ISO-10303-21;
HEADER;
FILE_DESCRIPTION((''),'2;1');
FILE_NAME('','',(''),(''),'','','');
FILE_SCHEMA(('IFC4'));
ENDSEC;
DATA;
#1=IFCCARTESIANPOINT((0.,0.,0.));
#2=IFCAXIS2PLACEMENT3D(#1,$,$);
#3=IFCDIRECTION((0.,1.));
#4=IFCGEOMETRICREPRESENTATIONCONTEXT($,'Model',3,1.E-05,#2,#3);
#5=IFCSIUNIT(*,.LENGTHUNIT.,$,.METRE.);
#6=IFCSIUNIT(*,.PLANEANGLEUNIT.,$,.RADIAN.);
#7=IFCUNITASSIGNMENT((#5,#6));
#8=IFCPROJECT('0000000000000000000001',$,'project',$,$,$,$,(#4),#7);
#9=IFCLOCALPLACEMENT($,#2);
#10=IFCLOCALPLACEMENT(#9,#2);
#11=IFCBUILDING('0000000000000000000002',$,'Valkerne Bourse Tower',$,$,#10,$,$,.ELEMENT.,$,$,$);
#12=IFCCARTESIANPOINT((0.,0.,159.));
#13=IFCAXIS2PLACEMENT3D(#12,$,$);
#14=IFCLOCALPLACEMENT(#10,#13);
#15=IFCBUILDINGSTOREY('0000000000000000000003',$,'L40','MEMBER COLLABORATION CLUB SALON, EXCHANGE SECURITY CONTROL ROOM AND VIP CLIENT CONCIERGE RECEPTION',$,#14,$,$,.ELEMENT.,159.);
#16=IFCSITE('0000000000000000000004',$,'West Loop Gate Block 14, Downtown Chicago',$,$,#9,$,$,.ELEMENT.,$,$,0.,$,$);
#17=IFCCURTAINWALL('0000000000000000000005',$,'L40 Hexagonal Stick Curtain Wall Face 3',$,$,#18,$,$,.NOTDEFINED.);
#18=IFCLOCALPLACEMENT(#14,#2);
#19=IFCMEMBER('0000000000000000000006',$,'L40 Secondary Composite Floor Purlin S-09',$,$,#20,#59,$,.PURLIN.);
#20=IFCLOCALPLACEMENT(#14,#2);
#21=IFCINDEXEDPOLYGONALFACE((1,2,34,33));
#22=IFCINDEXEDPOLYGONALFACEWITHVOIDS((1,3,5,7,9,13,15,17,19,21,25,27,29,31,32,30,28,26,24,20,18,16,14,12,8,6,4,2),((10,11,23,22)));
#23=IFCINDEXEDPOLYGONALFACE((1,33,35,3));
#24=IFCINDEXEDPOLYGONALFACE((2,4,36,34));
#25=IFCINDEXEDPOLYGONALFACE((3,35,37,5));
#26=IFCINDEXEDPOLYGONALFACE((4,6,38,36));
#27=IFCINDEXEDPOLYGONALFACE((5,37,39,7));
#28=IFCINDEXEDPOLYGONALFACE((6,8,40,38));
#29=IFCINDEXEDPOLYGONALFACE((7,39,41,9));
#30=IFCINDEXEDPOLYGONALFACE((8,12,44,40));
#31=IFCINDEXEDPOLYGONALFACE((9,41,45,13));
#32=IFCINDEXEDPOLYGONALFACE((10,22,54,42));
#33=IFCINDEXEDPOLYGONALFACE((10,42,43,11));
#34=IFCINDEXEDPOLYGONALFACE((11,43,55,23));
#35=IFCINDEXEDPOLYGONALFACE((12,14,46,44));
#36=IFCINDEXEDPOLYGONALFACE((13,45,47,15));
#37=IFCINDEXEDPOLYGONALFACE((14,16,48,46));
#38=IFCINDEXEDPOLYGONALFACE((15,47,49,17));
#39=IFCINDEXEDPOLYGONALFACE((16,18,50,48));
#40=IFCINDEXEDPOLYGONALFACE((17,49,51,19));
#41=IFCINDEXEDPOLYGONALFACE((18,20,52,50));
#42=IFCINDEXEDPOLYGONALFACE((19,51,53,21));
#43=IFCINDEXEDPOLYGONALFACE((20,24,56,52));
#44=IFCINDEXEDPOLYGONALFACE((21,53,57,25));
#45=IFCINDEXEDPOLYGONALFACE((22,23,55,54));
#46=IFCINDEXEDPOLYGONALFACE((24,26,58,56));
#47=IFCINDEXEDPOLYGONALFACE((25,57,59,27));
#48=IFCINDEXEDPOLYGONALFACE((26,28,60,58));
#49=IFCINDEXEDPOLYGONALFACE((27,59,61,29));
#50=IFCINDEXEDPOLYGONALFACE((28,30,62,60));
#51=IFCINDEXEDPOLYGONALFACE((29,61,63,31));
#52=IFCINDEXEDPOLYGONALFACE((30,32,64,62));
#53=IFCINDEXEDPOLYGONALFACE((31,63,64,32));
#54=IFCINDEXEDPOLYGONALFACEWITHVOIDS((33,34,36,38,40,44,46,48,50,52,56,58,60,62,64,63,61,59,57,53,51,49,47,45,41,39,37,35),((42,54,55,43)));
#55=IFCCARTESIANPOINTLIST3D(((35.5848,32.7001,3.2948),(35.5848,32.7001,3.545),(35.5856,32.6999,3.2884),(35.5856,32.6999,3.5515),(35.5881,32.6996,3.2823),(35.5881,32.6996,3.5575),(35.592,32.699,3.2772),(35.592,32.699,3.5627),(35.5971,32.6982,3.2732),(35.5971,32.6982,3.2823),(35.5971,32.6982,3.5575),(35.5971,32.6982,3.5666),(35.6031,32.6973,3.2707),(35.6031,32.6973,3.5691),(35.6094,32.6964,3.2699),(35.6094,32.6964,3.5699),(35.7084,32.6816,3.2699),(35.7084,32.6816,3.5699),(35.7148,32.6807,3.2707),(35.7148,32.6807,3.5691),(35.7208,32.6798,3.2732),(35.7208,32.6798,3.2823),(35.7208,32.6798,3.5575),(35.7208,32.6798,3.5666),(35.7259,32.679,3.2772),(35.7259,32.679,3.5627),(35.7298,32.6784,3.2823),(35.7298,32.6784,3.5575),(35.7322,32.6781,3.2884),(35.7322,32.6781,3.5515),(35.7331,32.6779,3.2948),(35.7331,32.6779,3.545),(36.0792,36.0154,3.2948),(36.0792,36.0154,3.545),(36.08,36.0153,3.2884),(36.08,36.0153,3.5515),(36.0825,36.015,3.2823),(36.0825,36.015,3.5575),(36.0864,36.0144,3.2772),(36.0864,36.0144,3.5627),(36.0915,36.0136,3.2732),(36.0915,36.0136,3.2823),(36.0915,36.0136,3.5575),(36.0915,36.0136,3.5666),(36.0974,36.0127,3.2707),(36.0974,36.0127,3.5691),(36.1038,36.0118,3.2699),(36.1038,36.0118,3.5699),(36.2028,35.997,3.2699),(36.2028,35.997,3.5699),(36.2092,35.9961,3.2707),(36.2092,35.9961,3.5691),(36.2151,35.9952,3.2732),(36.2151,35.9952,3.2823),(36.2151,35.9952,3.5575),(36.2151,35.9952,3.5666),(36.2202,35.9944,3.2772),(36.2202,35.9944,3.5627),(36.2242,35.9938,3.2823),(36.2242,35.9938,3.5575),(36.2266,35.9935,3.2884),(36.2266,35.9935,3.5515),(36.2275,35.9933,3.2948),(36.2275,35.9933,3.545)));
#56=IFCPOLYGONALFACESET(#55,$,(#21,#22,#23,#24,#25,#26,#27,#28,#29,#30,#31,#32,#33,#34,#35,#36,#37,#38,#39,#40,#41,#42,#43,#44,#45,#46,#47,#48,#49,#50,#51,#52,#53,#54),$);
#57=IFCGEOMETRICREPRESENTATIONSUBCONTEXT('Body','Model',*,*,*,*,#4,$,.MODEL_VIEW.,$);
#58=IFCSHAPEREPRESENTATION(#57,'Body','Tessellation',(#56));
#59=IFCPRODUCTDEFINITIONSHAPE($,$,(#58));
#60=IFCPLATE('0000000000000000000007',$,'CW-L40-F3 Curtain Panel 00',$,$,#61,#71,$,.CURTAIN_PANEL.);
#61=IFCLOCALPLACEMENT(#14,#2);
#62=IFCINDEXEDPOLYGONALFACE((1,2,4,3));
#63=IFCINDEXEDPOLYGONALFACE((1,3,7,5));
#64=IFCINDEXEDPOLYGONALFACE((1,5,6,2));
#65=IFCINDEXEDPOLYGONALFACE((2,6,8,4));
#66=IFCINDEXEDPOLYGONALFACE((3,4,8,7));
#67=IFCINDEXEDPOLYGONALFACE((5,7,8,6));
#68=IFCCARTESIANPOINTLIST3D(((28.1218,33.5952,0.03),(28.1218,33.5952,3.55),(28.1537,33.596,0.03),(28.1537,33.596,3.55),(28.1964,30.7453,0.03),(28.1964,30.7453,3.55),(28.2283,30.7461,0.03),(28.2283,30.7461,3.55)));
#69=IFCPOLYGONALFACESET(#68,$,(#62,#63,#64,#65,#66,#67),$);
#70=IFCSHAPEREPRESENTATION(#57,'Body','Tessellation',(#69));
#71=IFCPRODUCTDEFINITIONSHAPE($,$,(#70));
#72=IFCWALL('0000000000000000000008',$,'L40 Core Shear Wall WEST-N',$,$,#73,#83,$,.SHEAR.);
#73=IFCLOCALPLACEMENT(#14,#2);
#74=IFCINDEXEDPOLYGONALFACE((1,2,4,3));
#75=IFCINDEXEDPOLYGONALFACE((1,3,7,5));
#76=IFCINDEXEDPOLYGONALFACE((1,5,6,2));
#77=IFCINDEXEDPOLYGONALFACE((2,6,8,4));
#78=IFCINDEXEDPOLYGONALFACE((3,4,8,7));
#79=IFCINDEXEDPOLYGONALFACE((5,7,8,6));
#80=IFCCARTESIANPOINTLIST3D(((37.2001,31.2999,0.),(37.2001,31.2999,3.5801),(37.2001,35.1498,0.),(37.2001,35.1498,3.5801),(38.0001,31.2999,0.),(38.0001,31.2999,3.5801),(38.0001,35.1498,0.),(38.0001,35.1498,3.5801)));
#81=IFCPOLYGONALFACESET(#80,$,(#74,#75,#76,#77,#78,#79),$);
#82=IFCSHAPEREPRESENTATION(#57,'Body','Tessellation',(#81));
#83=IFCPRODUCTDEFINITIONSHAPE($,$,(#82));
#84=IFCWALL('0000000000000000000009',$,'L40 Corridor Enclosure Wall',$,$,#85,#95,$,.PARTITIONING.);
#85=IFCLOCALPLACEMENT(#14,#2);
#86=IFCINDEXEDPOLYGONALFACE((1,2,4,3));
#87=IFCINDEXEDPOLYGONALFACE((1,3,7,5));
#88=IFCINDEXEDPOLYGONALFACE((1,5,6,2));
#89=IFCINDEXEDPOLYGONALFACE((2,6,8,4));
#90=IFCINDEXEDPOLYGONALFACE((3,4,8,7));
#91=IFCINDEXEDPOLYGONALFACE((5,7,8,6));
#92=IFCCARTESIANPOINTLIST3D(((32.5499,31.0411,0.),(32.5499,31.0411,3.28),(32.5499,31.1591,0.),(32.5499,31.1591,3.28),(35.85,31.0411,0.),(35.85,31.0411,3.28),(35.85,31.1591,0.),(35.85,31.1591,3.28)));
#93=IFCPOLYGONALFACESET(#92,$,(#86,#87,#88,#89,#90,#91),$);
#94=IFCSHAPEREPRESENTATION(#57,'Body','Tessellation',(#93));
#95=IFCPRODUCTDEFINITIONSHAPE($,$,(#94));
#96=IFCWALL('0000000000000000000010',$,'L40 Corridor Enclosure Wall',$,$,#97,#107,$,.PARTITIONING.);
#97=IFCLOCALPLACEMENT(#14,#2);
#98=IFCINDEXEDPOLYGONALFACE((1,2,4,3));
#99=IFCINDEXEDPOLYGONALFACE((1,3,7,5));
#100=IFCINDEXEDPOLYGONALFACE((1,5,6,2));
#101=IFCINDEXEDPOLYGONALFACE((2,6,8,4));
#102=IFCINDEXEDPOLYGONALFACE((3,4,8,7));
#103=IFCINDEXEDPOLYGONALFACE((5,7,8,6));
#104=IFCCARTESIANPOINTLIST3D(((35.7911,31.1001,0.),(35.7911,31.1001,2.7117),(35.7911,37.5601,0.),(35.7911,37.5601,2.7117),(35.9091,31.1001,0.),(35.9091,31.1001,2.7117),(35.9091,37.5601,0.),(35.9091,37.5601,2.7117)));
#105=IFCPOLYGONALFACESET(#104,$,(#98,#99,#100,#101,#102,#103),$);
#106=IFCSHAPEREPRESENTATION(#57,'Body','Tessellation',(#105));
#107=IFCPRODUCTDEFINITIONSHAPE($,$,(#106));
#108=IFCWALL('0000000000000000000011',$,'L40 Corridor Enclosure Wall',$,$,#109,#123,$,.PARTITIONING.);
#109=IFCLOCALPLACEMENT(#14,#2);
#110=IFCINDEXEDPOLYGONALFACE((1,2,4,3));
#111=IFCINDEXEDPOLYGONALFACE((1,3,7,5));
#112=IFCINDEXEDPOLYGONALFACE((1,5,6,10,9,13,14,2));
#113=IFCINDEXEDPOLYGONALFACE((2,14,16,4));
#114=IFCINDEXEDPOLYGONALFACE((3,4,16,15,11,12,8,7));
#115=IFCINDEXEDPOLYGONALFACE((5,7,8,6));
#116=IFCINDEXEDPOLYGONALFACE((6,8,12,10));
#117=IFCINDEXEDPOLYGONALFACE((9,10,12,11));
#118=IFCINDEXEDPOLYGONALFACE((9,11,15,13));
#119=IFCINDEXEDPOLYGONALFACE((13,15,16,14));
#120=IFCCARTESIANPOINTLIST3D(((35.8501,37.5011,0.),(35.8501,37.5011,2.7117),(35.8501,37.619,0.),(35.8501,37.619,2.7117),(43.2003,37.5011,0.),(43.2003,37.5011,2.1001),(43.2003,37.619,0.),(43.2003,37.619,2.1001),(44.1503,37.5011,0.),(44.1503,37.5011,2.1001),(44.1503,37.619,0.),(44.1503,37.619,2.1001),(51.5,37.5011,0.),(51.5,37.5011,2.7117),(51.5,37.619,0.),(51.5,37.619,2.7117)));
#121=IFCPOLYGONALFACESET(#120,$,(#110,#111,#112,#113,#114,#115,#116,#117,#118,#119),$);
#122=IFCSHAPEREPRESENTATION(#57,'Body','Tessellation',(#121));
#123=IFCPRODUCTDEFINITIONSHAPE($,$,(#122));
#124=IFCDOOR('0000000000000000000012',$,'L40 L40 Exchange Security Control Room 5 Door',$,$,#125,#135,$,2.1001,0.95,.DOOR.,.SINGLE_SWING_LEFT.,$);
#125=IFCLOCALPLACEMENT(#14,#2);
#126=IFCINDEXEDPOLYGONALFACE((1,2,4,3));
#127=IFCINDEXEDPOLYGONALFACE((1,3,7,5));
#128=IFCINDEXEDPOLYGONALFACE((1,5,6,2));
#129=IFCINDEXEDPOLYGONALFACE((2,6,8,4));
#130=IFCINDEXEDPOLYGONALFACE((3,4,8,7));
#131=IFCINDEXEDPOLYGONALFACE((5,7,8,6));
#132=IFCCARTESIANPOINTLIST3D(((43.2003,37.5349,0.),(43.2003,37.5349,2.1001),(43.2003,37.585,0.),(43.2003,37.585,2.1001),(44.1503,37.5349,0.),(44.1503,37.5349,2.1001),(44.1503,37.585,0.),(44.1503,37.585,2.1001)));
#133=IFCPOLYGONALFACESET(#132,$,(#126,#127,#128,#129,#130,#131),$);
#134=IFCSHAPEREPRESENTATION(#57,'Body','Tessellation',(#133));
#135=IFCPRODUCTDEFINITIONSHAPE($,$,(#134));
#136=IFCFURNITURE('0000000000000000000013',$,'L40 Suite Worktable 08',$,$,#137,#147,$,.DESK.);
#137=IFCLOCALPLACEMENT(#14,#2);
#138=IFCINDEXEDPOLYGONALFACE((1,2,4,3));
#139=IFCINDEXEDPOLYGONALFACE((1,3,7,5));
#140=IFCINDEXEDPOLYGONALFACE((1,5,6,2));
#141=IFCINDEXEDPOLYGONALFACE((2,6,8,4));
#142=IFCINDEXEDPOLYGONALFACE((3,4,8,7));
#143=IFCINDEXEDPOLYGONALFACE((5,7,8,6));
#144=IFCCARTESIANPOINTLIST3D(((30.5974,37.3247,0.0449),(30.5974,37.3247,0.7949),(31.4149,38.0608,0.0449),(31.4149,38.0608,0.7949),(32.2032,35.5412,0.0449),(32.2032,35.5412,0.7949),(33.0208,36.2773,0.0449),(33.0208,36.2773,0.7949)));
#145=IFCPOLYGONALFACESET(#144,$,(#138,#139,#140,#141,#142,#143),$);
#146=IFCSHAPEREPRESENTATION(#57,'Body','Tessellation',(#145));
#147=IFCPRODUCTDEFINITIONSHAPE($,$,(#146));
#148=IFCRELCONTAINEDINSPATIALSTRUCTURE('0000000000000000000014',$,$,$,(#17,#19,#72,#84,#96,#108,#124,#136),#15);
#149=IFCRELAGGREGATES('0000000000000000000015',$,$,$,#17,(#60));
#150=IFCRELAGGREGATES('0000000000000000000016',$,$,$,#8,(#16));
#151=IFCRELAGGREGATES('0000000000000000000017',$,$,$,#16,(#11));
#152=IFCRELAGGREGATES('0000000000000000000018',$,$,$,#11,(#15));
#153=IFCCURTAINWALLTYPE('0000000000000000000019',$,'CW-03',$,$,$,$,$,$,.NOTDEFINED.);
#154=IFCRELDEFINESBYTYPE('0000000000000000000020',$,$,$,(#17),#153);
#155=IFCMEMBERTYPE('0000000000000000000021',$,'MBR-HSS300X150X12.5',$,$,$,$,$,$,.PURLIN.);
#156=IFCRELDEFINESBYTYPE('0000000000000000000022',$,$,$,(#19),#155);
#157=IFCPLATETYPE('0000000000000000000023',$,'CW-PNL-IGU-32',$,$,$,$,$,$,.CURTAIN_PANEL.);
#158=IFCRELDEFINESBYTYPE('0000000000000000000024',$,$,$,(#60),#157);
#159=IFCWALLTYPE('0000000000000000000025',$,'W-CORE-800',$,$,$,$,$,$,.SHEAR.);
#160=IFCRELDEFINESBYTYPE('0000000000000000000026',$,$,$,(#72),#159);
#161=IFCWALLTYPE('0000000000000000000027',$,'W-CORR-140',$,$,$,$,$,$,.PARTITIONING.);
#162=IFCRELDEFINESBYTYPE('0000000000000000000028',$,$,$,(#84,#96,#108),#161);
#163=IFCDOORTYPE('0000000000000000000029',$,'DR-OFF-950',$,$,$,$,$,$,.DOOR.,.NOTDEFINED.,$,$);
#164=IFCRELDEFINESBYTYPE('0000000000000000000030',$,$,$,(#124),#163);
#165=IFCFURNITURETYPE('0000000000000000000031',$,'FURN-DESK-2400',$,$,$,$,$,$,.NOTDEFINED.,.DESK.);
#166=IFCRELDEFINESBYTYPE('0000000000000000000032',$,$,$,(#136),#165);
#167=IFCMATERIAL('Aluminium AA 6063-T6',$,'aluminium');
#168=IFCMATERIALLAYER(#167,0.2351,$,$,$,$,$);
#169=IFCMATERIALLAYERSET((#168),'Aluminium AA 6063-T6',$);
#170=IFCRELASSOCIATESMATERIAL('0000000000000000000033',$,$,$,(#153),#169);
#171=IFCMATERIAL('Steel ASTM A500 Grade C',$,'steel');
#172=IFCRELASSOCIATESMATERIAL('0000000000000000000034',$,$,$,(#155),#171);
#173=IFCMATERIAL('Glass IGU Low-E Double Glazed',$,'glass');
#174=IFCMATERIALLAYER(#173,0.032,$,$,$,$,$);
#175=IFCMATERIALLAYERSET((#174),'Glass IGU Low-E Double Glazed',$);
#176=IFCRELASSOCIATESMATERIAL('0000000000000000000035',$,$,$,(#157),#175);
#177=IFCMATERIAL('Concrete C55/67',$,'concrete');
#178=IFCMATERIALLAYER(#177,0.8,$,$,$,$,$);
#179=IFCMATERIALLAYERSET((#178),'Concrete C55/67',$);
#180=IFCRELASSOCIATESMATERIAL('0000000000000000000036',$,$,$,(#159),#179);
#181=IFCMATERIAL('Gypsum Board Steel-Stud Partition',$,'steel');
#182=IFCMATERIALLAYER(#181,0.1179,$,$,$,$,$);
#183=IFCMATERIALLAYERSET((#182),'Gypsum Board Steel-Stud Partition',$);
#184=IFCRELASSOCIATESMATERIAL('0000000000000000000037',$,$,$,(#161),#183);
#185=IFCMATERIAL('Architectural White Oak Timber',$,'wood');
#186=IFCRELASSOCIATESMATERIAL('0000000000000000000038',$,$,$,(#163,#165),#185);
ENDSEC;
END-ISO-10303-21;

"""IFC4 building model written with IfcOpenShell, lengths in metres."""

from ifc_helpers import new_model, si_unit, direction, frame, frame_2d, origin, origin_2d, place, context, subcontext, project, spatial, rectangle, hollow_rectangle, extrude, material, layer, layer_set, material_profile, profile_set, type_object, element, fill, aggregate, save


model = new_model("IFC4")

# Units and contexts
model_context = context("Model", 3, precision=1e-05, world=origin(), true_north=direction((0.0, 1.0)))
body_context = subcontext(model_context, "Body", "Model", "MODEL_VIEW")
ifc_project = project(units=[si_unit("LENGTHUNIT", "METRE"), si_unit("PLANEANGLEUNIT", "RADIAN")], contexts=[model_context])

# Site, building, storey
site_placement = place(None, origin())
site = spatial("IfcSite", under=ifc_project, at=site_placement, Name="West Loop Gate Block 14, Downtown Chicago", CompositionType="ELEMENT", RefElevation=0.0)
building_placement = place(site_placement, origin())
building = spatial("IfcBuilding", under=site, at=building_placement, Name="Valkerne Bourse Tower", CompositionType="ELEMENT")
storey_placement = place(building_placement, frame((0.0, 0.0, 159.0)))
storey = spatial("IfcBuildingStorey", under=building, at=storey_placement, Name="L40", Description="MEMBER COLLABORATION CLUB SALON, EXCHANGE SECURITY CONTROL ROOM AND VIP CLIENT CONCIERGE RECEPTION", CompositionType="ELEMENT", Elevation=159.0)

# Curtain wall
ifc_material_1 = material(Name="Aluminium AA 6063-T6", Category="aluminium")
ifc_layer_1 = layer(ifc_material_1, 0.2351)
ifc_layer_set_1 = layer_set([ifc_layer_1], Name="Aluminium AA 6063-T6")
curtain_wall_type = type_object("IfcCurtainWallType", Name="CW-03", PredefinedType="NOTDEFINED", material=ifc_layer_set_1)
curtain_wall_placement = place(storey_placement, origin())
curtain_wall = element("IfcCurtainWall", 1, at=curtain_wall_placement, inside=storey, type_object=curtain_wall_type, Name="L40 Hexagonal Stick Curtain Wall Face 3", PredefinedType="NOTDEFINED")

# Member
ifc_material_2 = material(Name="Steel ASTM A500 Grade C", Category="steel")
ifc_material_profile_1 = material_profile(ifc_material_2, hollow_rectangle(XDim=0.1499, YDim=0.3, WallThickness=0.0125, OuterFilletRadius=0.0249, at=origin_2d()), Name="HSS300X150X12.5")
ifc_profile_set_1 = profile_set([ifc_material_profile_1], Name="Steel ASTM A500 Grade C")
member_type_1 = type_object("IfcMemberType", Name="MBR-HSS300X150X12.5", PredefinedType="PURLIN", material=ifc_profile_set_1)
member_1_placement = place(storey_placement, frame((36.1533, 36.0044, 3.4199), z_axis=(-0.147486, -0.989064, 0.0), x_axis=(0.989064, -0.147486, 0.0)))
element("IfcMember", 2, at=member_1_placement, inside=storey, type_object=member_type_1, Name="L40 Secondary Composite Floor Purlin S-09", PredefinedType="PURLIN", context=body_context, shape_type="SweptSolid", body=[
    extrude(hollow_rectangle(XDim=0.1499, YDim=0.3, WallThickness=0.0125, OuterFilletRadius=0.0249, at=origin_2d()), origin(), (0.0, 0.0, 1.0), 3.3521),
])

# Plate
ifc_material_3 = material(Name="Glass IGU Low-E Double Glazed", Category="glass")
ifc_layer_2 = layer(ifc_material_3, 0.032)
ifc_layer_set_2 = layer_set([ifc_layer_2], Name="Glass IGU Low-E Double Glazed")
plate_type = type_object("IfcPlateType", Name="CW-PNL-IGU-32", PredefinedType="CURTAIN_PANEL", material=ifc_layer_set_2)
plate_placement = place(storey_placement, frame((28.175, 32.1707, 0.03), z_axis=(0.0, 0.0, 1.0), x_axis=(0.026173, -0.999657, 0.0)))
plate = element("IfcPlate", 3, at=plate_placement, type_object=plate_type, Name="CW-L40-F3 Curtain Panel 00", PredefinedType="CURTAIN_PANEL", context=body_context, shape_type="SweptSolid", body=[
    extrude(rectangle(XDim=2.8508, YDim=0.032, at=origin_2d()), origin(), (0.0, 0.0, 1.0), 3.52),
])
aggregate(curtain_wall, [plate])

# Shared definitions
ifc_material_4 = material(Name="Concrete C55/67", Category="concrete")
ifc_layer_3 = layer(ifc_material_4, 0.8)
ifc_layer_set_3 = layer_set([ifc_layer_3], Name="Concrete C55/67")
wall_type_1 = type_object("IfcWallType", Name="W-CORE-800", PredefinedType="SHEAR", material=ifc_layer_set_3)

# Walls
wall_1_placement = place(storey_placement, frame((37.6001, 31.3, 0.0), z_axis=(0.0, 0.0, 1.0), x_axis=(0.0, 1.0, 0.0)))
element("IfcWall", 4, at=wall_1_placement, inside=storey, type_object=wall_type_1, Name="L40 Core Shear Wall WEST-N", PredefinedType="SHEAR", context=body_context, shape_type="SweptSolid", body=[
    extrude(rectangle(XDim=3.8499, YDim=0.8, at=frame_2d((1.9248, 0.0))), origin(), (0.0, 0.0, 1.0), 3.5801),
])
ifc_material_5 = material(Name="Gypsum Board Steel-Stud Partition", Category="steel")
ifc_layer_4 = layer(ifc_material_5, 0.1179)
ifc_layer_set_4 = layer_set([ifc_layer_4], Name="Gypsum Board Steel-Stud Partition")
wall_type_2 = type_object("IfcWallType", Name="W-CORR-140", PredefinedType="PARTITIONING", material=ifc_layer_set_4)
wall_2_placement = place(storey_placement, frame((32.55, 31.1001, 0.0), z_axis=(0.0, 0.0, 1.0), x_axis=(1.0, 0.0, 0.0)))
element("IfcWall", 5, at=wall_2_placement, inside=storey, type_object=wall_type_2, Name="L40 Corridor Enclosure Wall", PredefinedType="PARTITIONING", context=body_context, shape_type="SweptSolid", body=[
    extrude(rectangle(XDim=3.3, YDim=0.1179, at=frame_2d((1.6499, 0.0))), origin(), (0.0, 0.0, 1.0), 3.28),
])
wall_3_placement = place(storey_placement, frame((35.8501, 31.1001, 0.0), z_axis=(0.0, 0.0, 1.0), x_axis=(0.0, 1.0, 0.0)))
element("IfcWall", 6, at=wall_3_placement, inside=storey, type_object=wall_type_2, Name="L40 Corridor Enclosure Wall", PredefinedType="PARTITIONING", context=body_context, shape_type="SweptSolid", body=[
    extrude(rectangle(XDim=6.46, YDim=0.1179, at=frame_2d((3.23, 0.0))), origin(), (0.0, 0.0, 1.0), 2.7117),
])

# Wall, opening, door
wall_4_placement = place(storey_placement, frame((35.8501, 37.5601, 0.0), z_axis=(0.0, 0.0, 1.0), x_axis=(1.0, 0.0, 0.0)))
wall_4 = element("IfcWall", 7, at=wall_4_placement, inside=storey, type_object=wall_type_2, Name="L40 Corridor Enclosure Wall", PredefinedType="PARTITIONING", context=body_context, shape_type="SweptSolid", body=[
    extrude(rectangle(XDim=15.6499, YDim=0.1179, at=frame_2d((7.825, 0.0))), origin(), (0.0, 0.0, 1.0), 2.7117),
])
opening_1_placement = place(wall_4_placement, frame((7.3501, 0.0, 0.0)))
opening_1 = element("IfcOpeningElement", 8, at=opening_1_placement, cuts=wall_4, PredefinedType="OPENING", context=body_context, shape_type="SweptSolid", body=[
    extrude(rectangle(XDim=0.95, YDim=2.1001, at=frame_2d((0.4751, 1.05))), frame((0.0, 0.0688, 0.0), z_axis=(0.0, -1.0, 0.0), x_axis=(1.0, 0.0, 0.0)), (0.0, 0.0, 1.0), 0.1379),
])
ifc_material_6 = material(Name="Architectural White Oak Timber", Category="wood")
door_type_1 = type_object("IfcDoorType", Name="DR-OFF-950", OperationType="NOTDEFINED", PredefinedType="DOOR", material=ifc_material_6)
door_1_placement = place(opening_1_placement, origin())
door_1 = element("IfcDoor", 9, at=door_1_placement, inside=storey, type_object=door_type_1, Name="L40 L40 Exchange Security Control Room 5 Door", OperationType="SINGLE_SWING_LEFT", OverallHeight=2.1001, OverallWidth=0.95, PredefinedType="DOOR", context=body_context, shape_type="SweptSolid", body=[
    extrude(rectangle(XDim=0.95, YDim=2.1001, at=frame_2d((0.4751, 1.05))), frame((0.0, 0.0249, 0.0), z_axis=(0.0, -1.0, 0.0), x_axis=(1.0, 0.0, 0.0)), (0.0, 0.0, 1.0), 0.05),
])
fill(opening_1, door_1)

# Furniture
furniture_type = type_object("IfcFurnitureType", Name="FURN-DESK-2400", AssemblyPlace="NOTDEFINED", PredefinedType="DESK", material=ifc_material_6)
furniture_placement = place(storey_placement, frame((31.8091, 36.801, 0.0449), z_axis=(0.0, 0.0, 1.0), x_axis=(-0.669131, 0.743145, 0.0)))
element("IfcFurniture", 10, at=furniture_placement, inside=storey, type_object=furniture_type, Name="L40 Suite Worktable 08", PredefinedType="DESK", context=body_context, shape_type="SweptSolid", body=[
    extrude(rectangle(XDim=2.3999, YDim=1.1001, at=origin_2d()), origin(), (0.0, 0.0, 1.0), 0.75),
])

save(model, "model.ifc")
